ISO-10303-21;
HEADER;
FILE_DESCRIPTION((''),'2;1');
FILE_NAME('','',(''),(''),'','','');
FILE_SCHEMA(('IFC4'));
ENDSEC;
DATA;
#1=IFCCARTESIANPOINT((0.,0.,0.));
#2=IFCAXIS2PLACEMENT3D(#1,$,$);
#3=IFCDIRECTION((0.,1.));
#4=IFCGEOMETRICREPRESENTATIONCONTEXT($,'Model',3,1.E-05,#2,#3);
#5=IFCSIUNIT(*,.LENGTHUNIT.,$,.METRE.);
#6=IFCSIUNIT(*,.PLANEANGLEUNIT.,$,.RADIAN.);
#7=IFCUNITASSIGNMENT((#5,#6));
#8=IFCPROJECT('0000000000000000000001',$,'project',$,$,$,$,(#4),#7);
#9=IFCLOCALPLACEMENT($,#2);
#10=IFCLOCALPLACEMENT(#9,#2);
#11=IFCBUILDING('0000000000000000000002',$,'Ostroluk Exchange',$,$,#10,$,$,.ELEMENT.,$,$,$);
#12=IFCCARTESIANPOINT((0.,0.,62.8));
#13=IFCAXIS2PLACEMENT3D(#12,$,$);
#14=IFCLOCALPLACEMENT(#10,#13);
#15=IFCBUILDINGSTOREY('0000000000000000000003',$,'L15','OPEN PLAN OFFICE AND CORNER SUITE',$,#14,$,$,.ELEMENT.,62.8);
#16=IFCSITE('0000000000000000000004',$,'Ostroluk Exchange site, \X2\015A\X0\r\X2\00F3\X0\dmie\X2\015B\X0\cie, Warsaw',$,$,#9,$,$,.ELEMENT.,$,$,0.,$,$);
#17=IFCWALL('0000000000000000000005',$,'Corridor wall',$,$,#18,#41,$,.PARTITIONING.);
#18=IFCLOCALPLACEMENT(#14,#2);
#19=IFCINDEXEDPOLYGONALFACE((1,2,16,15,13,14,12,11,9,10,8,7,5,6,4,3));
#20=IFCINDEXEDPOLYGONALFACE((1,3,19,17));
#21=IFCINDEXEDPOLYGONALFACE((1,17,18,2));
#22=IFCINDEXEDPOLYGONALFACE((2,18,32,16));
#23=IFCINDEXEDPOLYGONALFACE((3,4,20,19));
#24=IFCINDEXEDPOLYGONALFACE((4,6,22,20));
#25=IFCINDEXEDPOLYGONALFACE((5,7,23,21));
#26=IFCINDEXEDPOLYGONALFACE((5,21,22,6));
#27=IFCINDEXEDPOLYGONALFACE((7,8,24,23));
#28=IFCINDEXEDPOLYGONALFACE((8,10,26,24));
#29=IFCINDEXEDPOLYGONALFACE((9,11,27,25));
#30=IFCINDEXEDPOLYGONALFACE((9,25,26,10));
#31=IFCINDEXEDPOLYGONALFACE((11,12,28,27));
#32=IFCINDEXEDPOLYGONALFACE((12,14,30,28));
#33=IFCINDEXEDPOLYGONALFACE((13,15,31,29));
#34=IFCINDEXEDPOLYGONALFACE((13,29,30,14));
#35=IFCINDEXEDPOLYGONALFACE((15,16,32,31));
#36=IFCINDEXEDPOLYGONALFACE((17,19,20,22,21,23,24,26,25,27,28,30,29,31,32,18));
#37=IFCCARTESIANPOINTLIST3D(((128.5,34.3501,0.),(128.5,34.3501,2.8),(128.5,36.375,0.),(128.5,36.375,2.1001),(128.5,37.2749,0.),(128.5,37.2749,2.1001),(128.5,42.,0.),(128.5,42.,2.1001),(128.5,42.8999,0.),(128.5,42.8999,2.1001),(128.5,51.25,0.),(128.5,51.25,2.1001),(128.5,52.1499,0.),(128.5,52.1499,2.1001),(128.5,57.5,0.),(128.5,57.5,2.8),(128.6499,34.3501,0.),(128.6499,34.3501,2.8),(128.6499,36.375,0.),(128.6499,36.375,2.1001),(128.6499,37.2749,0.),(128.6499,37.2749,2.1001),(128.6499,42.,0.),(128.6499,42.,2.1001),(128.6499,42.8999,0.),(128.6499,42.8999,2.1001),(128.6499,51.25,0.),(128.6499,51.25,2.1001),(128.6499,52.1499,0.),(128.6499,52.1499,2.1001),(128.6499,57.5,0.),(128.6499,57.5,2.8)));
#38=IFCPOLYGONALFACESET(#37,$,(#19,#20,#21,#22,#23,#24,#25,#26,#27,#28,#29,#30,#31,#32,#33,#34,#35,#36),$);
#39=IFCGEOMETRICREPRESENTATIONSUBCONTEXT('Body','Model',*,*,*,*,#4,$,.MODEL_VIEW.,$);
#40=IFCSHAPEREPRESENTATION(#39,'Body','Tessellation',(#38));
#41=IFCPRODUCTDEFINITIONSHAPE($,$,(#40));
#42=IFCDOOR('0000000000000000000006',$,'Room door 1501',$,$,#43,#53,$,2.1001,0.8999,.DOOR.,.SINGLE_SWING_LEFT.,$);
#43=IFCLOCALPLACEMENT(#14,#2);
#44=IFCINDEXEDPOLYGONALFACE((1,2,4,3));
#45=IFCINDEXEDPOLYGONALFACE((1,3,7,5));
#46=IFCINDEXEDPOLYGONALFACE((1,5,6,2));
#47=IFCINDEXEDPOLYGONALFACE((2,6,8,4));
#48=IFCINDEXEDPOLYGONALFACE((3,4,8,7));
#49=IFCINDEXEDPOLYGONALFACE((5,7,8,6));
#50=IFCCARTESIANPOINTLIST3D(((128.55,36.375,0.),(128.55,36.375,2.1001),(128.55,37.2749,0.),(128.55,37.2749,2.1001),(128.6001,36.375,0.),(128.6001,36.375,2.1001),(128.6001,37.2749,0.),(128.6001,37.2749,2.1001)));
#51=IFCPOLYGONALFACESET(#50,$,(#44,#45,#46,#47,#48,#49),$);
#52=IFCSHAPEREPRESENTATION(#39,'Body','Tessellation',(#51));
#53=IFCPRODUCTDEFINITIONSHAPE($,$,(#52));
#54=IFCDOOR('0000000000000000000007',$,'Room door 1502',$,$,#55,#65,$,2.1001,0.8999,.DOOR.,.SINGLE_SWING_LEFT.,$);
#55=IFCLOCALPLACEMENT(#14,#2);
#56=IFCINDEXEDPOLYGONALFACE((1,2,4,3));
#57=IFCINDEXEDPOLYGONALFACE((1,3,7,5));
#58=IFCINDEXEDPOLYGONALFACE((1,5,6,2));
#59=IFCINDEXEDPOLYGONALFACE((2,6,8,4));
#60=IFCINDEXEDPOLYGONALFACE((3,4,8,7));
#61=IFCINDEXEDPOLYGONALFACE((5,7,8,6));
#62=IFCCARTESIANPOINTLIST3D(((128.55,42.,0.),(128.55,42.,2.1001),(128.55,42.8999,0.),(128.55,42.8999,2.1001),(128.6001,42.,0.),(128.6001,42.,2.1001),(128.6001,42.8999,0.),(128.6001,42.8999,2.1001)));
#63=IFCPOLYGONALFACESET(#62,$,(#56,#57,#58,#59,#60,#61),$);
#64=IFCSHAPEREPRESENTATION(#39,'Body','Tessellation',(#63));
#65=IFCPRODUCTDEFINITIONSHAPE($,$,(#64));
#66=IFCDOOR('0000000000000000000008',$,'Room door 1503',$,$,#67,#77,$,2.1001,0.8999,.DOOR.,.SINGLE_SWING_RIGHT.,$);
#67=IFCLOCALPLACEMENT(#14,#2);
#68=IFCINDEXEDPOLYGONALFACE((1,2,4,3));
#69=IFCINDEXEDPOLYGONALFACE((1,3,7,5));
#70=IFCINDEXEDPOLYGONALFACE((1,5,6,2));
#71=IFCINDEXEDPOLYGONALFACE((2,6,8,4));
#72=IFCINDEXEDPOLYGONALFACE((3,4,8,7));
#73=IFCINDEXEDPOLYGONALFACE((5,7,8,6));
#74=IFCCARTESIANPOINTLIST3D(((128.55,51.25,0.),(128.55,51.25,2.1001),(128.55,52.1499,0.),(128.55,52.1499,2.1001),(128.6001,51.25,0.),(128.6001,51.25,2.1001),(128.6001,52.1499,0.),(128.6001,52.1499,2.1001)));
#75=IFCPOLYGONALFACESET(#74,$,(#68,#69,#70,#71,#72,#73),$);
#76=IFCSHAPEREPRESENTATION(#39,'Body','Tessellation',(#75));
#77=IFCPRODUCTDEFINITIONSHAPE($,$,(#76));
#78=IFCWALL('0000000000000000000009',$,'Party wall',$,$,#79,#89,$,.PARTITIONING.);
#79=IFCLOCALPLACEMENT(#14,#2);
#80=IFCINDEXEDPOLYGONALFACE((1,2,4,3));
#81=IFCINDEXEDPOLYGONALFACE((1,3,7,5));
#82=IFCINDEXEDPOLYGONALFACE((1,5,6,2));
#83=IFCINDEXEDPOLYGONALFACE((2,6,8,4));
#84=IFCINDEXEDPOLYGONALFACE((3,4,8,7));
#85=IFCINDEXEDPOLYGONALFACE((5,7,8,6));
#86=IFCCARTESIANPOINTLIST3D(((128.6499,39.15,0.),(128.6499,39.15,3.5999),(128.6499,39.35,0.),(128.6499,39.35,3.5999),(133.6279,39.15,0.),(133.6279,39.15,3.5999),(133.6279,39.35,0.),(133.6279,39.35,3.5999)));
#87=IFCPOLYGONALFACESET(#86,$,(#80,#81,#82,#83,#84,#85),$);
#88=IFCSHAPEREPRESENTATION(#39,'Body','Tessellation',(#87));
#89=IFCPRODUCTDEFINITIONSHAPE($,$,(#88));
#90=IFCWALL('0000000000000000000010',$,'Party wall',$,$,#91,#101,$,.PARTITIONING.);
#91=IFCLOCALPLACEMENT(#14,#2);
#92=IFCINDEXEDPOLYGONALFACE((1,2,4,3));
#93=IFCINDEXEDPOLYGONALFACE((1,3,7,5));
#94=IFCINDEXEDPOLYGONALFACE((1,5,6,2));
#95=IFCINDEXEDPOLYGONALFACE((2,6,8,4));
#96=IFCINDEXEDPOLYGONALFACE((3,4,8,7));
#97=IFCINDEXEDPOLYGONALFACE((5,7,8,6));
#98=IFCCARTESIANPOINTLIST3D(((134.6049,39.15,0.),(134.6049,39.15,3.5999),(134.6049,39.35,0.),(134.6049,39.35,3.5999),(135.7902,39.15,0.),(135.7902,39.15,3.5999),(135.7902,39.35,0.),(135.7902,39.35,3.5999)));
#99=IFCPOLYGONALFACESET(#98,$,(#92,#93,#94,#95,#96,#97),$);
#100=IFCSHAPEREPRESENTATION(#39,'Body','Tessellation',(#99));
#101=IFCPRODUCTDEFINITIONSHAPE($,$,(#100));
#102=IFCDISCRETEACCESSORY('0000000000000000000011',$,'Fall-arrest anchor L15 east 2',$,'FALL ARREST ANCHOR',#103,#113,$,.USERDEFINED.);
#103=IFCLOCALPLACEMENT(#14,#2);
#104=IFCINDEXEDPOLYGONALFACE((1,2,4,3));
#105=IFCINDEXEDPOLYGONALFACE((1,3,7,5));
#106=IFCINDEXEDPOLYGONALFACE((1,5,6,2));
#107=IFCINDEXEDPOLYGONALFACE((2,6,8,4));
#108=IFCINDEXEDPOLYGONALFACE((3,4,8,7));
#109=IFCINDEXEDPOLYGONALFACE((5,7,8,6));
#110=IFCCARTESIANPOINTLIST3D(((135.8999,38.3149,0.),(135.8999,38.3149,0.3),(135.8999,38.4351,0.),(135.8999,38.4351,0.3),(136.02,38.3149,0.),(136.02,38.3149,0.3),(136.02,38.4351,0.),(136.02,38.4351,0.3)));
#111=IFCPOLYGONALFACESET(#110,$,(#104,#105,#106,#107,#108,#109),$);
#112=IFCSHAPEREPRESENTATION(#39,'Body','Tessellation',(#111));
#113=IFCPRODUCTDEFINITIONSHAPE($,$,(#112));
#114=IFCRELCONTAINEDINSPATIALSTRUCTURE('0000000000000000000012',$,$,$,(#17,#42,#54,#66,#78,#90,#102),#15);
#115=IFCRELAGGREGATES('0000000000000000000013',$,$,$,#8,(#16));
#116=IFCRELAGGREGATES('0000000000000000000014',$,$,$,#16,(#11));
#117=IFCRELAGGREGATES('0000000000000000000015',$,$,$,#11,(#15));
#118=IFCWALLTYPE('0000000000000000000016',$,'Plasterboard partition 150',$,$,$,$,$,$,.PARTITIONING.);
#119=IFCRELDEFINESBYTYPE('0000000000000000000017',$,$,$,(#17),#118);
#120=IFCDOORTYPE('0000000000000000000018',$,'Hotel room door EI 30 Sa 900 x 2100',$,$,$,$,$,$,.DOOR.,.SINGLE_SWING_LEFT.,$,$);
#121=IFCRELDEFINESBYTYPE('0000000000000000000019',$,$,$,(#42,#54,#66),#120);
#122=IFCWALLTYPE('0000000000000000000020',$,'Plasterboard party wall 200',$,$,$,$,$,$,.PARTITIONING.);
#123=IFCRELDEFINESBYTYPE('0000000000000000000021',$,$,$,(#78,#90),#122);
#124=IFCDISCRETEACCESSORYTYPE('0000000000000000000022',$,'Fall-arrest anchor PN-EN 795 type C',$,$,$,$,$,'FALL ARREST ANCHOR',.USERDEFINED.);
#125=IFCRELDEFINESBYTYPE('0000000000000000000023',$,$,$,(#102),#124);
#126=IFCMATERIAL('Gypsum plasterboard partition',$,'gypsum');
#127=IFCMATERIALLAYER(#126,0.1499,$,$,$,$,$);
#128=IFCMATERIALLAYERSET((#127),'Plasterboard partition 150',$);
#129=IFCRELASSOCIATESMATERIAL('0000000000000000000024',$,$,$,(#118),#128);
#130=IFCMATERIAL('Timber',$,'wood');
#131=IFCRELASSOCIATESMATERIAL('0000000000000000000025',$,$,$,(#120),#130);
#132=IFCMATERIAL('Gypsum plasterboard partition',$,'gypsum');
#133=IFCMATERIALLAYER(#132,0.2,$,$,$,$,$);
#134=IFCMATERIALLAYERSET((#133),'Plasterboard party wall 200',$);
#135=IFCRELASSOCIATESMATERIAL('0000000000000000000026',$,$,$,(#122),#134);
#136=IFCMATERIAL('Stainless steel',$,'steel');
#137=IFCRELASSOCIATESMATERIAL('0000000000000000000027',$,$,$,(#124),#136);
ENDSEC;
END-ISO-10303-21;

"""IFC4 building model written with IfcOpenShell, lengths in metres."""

from ifc_helpers import new_model, si_unit, direction, frame, frame_2d, origin, origin_2d, place, context, subcontext, project, spatial, rectangle, extrude, material, layer, layer_set, type_object, element, fill, save


model = new_model("IFC4")

# Units and contexts
model_context = context("Model", 3, precision=1e-05, world=origin(), true_north=direction((0.0, 1.0)))
body_context = subcontext(model_context, "Body", "Model", "MODEL_VIEW")
ifc_project = project(units=[si_unit("LENGTHUNIT", "METRE"), si_unit("PLANEANGLEUNIT", "RADIAN")], contexts=[model_context])

# Site, building, storey
site_placement = place(None, origin())
site = spatial("IfcSite", under=ifc_project, at=site_placement, Name="Ostroluk Exchange site, Śródmieście, Warsaw", CompositionType="ELEMENT", RefElevation=0.0)
building_placement = place(site_placement, origin())
building = spatial("IfcBuilding", under=site, at=building_placement, Name="Ostroluk Exchange", CompositionType="ELEMENT")
storey_placement = place(building_placement, frame((0.0, 0.0, 62.8)))
storey = spatial("IfcBuildingStorey", under=building, at=storey_placement, Name="L15", Description="OPEN PLAN OFFICE AND CORNER SUITE", CompositionType="ELEMENT", Elevation=62.8)

# Wall, openings, doors
ifc_material_1 = material(Name="Gypsum plasterboard partition", Category="gypsum")
ifc_layer_1 = layer(ifc_material_1, 0.1499)
ifc_layer_set_1 = layer_set([ifc_layer_1], Name="Plasterboard partition 150")
wall_type_1 = type_object("IfcWallType", Name="Plasterboard partition 150", PredefinedType="PARTITIONING", material=ifc_layer_set_1)
wall_1_placement = place(storey_placement, frame((128.575, 34.3501, 0.0), z_axis=(0.0, 0.0, 1.0), x_axis=(0.0, 1.0, 0.0)))
wall_1 = element("IfcWall", 1, at=wall_1_placement, inside=storey, type_object=wall_type_1, Name="Corridor wall", PredefinedType="PARTITIONING", context=body_context, shape_type="SweptSolid", body=[
    extrude(rectangle(XDim=23.1499, YDim=0.1499, at=frame_2d((11.575, 0.0))), origin(), (0.0, 0.0, 1.0), 2.8),
])
opening_1_placement = place(wall_1_placement, frame((2.0249, 0.0, 0.0)))
opening_1 = element("IfcOpeningElement", 2, at=opening_1_placement, cuts=wall_1, PredefinedType="OPENING", context=body_context, shape_type="SweptSolid", body=[
    extrude(rectangle(XDim=0.8999, YDim=2.1001, at=frame_2d((0.45, 1.05))), frame((0.0, 0.085, 0.0), z_axis=(0.0, -1.0, 0.0), x_axis=(1.0, 0.0, 0.0)), (0.0, 0.0, 1.0), 0.1699),
])
opening_2_placement = place(wall_1_placement, frame((7.6499, 0.0, 0.0)))
opening_2 = element("IfcOpeningElement", 3, at=opening_2_placement, cuts=wall_1, PredefinedType="OPENING", context=body_context, shape_type="SweptSolid", body=[
    extrude(rectangle(XDim=0.8999, YDim=2.1001, at=frame_2d((0.45, 1.05))), frame((0.0, 0.085, 0.0), z_axis=(0.0, -1.0, 0.0), x_axis=(1.0, 0.0, 0.0)), (0.0, 0.0, 1.0), 0.1699),
])
opening_3_placement = place(wall_1_placement, frame((16.8999, 0.0, 0.0)))
opening_3 = element("IfcOpeningElement", 4, at=opening_3_placement, cuts=wall_1, PredefinedType="OPENING", context=body_context, shape_type="SweptSolid", body=[
    extrude(rectangle(XDim=0.8999, YDim=2.1001, at=frame_2d((0.45, 1.05))), frame((0.0, 0.085, 0.0), z_axis=(0.0, -1.0, 0.0), x_axis=(1.0, 0.0, 0.0)), (0.0, 0.0, 1.0), 0.1699),
])
ifc_material_2 = material(Name="Timber", Category="wood")
door_type_1 = type_object("IfcDoorType", Name="Hotel room door EI 30 Sa 900 x 2100", OperationType="SINGLE_SWING_LEFT", PredefinedType="DOOR", material=ifc_material_2)
door_1_placement = place(opening_1_placement, origin())
door_1 = element("IfcDoor", 5, at=door_1_placement, inside=storey, type_object=door_type_1, Name="Room door 1501", OperationType="SINGLE_SWING_LEFT", OverallHeight=2.1001, OverallWidth=0.8999, PredefinedType="DOOR", context=body_context, shape_type="SweptSolid", body=[
    extrude(rectangle(XDim=0.8999, YDim=2.1001, at=frame_2d((0.45, 1.05))), frame((0.0, 0.0249, 0.0), z_axis=(0.0, -1.0, 0.0), x_axis=(1.0, 0.0, 0.0)), (0.0, 0.0, 1.0), 0.05),
])
fill(opening_1, door_1)
door_2_placement = place(opening_2_placement, origin())
door_2 = element("IfcDoor", 6, at=door_2_placement, inside=storey, type_object=door_type_1, Name="Room door 1502", OperationType="SINGLE_SWING_LEFT", OverallHeight=2.1001, OverallWidth=0.8999, PredefinedType="DOOR", context=body_context, shape_type="SweptSolid", body=[
    extrude(rectangle(XDim=0.8999, YDim=2.1001, at=frame_2d((0.45, 1.05))), frame((0.0, 0.0249, 0.0), z_axis=(0.0, -1.0, 0.0), x_axis=(1.0, 0.0, 0.0)), (0.0, 0.0, 1.0), 0.05),
])
fill(opening_2, door_2)
door_3_placement = place(opening_3_placement, origin())
door_3 = element("IfcDoor", 7, at=door_3_placement, inside=storey, type_object=door_type_1, Name="Room door 1503", OperationType="SINGLE_SWING_RIGHT", OverallHeight=2.1001, OverallWidth=0.8999, PredefinedType="DOOR", context=body_context, shape_type="SweptSolid", body=[
    extrude(rectangle(XDim=0.8999, YDim=2.1001, at=frame_2d((0.45, 1.05))), frame((0.0, 0.0249, 0.0), z_axis=(0.0, -1.0, 0.0), x_axis=(1.0, 0.0, 0.0)), (0.0, 0.0, 1.0), 0.05),
])
fill(opening_3, door_3)

# Walls
ifc_material_3 = material(Name="Gypsum plasterboard partition", Category="gypsum")
ifc_layer_2 = layer(ifc_material_3, 0.2)
ifc_layer_set_2 = layer_set([ifc_layer_2], Name="Plasterboard party wall 200")
wall_type_2 = type_object("IfcWallType", Name="Plasterboard party wall 200", PredefinedType="PARTITIONING", material=ifc_layer_set_2)
wall_2_placement = place(storey_placement, frame((128.6499, 39.25, 0.0), z_axis=(0.0, 0.0, 1.0), x_axis=(1.0, 0.0, 0.0)))
element("IfcWall", 8, at=wall_2_placement, inside=storey, type_object=wall_type_2, Name="Party wall", PredefinedType="PARTITIONING", context=body_context, shape_type="SweptSolid", body=[
    extrude(rectangle(XDim=4.978, YDim=0.2, at=frame_2d((2.489, 0.0))), origin(), (0.0, 0.0, 1.0), 3.5999),
])
wall_3_placement = place(storey_placement, frame((134.6047, 39.25, 0.0), z_axis=(0.0, 0.0, 1.0), x_axis=(1.0, 0.0, 0.0)))
element("IfcWall", 9, at=wall_3_placement, inside=storey, type_object=wall_type_2, Name="Party wall", PredefinedType="PARTITIONING", context=body_context, shape_type="SweptSolid", body=[
    extrude(rectangle(XDim=1.1853, YDim=0.2, at=frame_2d((0.5928, 0.0))), origin(), (0.0, 0.0, 1.0), 3.5999),
])

# Discrete accessory
ifc_material_4 = material(Name="Stainless steel", Category="steel")
discrete_accessory_type = type_object("IfcDiscreteAccessoryType", Name="Fall-arrest anchor PN-EN 795 type C", ElementType="FALL ARREST ANCHOR", PredefinedType="USERDEFINED", material=ifc_material_4)
discrete_accessory_placement = place(storey_placement, frame((135.96, 38.375, 0.0), z_axis=(0.0, 0.0, 1.0), x_axis=(1.0, 0.0, 0.0)))
element("IfcDiscreteAccessory", 10, at=discrete_accessory_placement, inside=storey, type_object=discrete_accessory_type, Name="Fall-arrest anchor L15 east 2", ObjectType="FALL ARREST ANCHOR", PredefinedType="USERDEFINED", context=body_context, shape_type="SweptSolid", body=[
    extrude(rectangle(XDim=0.1201, YDim=0.1201, at=origin_2d()), origin(), (0.0, 0.0, 1.0), 0.3),
])

save(model, "model.ifc")
